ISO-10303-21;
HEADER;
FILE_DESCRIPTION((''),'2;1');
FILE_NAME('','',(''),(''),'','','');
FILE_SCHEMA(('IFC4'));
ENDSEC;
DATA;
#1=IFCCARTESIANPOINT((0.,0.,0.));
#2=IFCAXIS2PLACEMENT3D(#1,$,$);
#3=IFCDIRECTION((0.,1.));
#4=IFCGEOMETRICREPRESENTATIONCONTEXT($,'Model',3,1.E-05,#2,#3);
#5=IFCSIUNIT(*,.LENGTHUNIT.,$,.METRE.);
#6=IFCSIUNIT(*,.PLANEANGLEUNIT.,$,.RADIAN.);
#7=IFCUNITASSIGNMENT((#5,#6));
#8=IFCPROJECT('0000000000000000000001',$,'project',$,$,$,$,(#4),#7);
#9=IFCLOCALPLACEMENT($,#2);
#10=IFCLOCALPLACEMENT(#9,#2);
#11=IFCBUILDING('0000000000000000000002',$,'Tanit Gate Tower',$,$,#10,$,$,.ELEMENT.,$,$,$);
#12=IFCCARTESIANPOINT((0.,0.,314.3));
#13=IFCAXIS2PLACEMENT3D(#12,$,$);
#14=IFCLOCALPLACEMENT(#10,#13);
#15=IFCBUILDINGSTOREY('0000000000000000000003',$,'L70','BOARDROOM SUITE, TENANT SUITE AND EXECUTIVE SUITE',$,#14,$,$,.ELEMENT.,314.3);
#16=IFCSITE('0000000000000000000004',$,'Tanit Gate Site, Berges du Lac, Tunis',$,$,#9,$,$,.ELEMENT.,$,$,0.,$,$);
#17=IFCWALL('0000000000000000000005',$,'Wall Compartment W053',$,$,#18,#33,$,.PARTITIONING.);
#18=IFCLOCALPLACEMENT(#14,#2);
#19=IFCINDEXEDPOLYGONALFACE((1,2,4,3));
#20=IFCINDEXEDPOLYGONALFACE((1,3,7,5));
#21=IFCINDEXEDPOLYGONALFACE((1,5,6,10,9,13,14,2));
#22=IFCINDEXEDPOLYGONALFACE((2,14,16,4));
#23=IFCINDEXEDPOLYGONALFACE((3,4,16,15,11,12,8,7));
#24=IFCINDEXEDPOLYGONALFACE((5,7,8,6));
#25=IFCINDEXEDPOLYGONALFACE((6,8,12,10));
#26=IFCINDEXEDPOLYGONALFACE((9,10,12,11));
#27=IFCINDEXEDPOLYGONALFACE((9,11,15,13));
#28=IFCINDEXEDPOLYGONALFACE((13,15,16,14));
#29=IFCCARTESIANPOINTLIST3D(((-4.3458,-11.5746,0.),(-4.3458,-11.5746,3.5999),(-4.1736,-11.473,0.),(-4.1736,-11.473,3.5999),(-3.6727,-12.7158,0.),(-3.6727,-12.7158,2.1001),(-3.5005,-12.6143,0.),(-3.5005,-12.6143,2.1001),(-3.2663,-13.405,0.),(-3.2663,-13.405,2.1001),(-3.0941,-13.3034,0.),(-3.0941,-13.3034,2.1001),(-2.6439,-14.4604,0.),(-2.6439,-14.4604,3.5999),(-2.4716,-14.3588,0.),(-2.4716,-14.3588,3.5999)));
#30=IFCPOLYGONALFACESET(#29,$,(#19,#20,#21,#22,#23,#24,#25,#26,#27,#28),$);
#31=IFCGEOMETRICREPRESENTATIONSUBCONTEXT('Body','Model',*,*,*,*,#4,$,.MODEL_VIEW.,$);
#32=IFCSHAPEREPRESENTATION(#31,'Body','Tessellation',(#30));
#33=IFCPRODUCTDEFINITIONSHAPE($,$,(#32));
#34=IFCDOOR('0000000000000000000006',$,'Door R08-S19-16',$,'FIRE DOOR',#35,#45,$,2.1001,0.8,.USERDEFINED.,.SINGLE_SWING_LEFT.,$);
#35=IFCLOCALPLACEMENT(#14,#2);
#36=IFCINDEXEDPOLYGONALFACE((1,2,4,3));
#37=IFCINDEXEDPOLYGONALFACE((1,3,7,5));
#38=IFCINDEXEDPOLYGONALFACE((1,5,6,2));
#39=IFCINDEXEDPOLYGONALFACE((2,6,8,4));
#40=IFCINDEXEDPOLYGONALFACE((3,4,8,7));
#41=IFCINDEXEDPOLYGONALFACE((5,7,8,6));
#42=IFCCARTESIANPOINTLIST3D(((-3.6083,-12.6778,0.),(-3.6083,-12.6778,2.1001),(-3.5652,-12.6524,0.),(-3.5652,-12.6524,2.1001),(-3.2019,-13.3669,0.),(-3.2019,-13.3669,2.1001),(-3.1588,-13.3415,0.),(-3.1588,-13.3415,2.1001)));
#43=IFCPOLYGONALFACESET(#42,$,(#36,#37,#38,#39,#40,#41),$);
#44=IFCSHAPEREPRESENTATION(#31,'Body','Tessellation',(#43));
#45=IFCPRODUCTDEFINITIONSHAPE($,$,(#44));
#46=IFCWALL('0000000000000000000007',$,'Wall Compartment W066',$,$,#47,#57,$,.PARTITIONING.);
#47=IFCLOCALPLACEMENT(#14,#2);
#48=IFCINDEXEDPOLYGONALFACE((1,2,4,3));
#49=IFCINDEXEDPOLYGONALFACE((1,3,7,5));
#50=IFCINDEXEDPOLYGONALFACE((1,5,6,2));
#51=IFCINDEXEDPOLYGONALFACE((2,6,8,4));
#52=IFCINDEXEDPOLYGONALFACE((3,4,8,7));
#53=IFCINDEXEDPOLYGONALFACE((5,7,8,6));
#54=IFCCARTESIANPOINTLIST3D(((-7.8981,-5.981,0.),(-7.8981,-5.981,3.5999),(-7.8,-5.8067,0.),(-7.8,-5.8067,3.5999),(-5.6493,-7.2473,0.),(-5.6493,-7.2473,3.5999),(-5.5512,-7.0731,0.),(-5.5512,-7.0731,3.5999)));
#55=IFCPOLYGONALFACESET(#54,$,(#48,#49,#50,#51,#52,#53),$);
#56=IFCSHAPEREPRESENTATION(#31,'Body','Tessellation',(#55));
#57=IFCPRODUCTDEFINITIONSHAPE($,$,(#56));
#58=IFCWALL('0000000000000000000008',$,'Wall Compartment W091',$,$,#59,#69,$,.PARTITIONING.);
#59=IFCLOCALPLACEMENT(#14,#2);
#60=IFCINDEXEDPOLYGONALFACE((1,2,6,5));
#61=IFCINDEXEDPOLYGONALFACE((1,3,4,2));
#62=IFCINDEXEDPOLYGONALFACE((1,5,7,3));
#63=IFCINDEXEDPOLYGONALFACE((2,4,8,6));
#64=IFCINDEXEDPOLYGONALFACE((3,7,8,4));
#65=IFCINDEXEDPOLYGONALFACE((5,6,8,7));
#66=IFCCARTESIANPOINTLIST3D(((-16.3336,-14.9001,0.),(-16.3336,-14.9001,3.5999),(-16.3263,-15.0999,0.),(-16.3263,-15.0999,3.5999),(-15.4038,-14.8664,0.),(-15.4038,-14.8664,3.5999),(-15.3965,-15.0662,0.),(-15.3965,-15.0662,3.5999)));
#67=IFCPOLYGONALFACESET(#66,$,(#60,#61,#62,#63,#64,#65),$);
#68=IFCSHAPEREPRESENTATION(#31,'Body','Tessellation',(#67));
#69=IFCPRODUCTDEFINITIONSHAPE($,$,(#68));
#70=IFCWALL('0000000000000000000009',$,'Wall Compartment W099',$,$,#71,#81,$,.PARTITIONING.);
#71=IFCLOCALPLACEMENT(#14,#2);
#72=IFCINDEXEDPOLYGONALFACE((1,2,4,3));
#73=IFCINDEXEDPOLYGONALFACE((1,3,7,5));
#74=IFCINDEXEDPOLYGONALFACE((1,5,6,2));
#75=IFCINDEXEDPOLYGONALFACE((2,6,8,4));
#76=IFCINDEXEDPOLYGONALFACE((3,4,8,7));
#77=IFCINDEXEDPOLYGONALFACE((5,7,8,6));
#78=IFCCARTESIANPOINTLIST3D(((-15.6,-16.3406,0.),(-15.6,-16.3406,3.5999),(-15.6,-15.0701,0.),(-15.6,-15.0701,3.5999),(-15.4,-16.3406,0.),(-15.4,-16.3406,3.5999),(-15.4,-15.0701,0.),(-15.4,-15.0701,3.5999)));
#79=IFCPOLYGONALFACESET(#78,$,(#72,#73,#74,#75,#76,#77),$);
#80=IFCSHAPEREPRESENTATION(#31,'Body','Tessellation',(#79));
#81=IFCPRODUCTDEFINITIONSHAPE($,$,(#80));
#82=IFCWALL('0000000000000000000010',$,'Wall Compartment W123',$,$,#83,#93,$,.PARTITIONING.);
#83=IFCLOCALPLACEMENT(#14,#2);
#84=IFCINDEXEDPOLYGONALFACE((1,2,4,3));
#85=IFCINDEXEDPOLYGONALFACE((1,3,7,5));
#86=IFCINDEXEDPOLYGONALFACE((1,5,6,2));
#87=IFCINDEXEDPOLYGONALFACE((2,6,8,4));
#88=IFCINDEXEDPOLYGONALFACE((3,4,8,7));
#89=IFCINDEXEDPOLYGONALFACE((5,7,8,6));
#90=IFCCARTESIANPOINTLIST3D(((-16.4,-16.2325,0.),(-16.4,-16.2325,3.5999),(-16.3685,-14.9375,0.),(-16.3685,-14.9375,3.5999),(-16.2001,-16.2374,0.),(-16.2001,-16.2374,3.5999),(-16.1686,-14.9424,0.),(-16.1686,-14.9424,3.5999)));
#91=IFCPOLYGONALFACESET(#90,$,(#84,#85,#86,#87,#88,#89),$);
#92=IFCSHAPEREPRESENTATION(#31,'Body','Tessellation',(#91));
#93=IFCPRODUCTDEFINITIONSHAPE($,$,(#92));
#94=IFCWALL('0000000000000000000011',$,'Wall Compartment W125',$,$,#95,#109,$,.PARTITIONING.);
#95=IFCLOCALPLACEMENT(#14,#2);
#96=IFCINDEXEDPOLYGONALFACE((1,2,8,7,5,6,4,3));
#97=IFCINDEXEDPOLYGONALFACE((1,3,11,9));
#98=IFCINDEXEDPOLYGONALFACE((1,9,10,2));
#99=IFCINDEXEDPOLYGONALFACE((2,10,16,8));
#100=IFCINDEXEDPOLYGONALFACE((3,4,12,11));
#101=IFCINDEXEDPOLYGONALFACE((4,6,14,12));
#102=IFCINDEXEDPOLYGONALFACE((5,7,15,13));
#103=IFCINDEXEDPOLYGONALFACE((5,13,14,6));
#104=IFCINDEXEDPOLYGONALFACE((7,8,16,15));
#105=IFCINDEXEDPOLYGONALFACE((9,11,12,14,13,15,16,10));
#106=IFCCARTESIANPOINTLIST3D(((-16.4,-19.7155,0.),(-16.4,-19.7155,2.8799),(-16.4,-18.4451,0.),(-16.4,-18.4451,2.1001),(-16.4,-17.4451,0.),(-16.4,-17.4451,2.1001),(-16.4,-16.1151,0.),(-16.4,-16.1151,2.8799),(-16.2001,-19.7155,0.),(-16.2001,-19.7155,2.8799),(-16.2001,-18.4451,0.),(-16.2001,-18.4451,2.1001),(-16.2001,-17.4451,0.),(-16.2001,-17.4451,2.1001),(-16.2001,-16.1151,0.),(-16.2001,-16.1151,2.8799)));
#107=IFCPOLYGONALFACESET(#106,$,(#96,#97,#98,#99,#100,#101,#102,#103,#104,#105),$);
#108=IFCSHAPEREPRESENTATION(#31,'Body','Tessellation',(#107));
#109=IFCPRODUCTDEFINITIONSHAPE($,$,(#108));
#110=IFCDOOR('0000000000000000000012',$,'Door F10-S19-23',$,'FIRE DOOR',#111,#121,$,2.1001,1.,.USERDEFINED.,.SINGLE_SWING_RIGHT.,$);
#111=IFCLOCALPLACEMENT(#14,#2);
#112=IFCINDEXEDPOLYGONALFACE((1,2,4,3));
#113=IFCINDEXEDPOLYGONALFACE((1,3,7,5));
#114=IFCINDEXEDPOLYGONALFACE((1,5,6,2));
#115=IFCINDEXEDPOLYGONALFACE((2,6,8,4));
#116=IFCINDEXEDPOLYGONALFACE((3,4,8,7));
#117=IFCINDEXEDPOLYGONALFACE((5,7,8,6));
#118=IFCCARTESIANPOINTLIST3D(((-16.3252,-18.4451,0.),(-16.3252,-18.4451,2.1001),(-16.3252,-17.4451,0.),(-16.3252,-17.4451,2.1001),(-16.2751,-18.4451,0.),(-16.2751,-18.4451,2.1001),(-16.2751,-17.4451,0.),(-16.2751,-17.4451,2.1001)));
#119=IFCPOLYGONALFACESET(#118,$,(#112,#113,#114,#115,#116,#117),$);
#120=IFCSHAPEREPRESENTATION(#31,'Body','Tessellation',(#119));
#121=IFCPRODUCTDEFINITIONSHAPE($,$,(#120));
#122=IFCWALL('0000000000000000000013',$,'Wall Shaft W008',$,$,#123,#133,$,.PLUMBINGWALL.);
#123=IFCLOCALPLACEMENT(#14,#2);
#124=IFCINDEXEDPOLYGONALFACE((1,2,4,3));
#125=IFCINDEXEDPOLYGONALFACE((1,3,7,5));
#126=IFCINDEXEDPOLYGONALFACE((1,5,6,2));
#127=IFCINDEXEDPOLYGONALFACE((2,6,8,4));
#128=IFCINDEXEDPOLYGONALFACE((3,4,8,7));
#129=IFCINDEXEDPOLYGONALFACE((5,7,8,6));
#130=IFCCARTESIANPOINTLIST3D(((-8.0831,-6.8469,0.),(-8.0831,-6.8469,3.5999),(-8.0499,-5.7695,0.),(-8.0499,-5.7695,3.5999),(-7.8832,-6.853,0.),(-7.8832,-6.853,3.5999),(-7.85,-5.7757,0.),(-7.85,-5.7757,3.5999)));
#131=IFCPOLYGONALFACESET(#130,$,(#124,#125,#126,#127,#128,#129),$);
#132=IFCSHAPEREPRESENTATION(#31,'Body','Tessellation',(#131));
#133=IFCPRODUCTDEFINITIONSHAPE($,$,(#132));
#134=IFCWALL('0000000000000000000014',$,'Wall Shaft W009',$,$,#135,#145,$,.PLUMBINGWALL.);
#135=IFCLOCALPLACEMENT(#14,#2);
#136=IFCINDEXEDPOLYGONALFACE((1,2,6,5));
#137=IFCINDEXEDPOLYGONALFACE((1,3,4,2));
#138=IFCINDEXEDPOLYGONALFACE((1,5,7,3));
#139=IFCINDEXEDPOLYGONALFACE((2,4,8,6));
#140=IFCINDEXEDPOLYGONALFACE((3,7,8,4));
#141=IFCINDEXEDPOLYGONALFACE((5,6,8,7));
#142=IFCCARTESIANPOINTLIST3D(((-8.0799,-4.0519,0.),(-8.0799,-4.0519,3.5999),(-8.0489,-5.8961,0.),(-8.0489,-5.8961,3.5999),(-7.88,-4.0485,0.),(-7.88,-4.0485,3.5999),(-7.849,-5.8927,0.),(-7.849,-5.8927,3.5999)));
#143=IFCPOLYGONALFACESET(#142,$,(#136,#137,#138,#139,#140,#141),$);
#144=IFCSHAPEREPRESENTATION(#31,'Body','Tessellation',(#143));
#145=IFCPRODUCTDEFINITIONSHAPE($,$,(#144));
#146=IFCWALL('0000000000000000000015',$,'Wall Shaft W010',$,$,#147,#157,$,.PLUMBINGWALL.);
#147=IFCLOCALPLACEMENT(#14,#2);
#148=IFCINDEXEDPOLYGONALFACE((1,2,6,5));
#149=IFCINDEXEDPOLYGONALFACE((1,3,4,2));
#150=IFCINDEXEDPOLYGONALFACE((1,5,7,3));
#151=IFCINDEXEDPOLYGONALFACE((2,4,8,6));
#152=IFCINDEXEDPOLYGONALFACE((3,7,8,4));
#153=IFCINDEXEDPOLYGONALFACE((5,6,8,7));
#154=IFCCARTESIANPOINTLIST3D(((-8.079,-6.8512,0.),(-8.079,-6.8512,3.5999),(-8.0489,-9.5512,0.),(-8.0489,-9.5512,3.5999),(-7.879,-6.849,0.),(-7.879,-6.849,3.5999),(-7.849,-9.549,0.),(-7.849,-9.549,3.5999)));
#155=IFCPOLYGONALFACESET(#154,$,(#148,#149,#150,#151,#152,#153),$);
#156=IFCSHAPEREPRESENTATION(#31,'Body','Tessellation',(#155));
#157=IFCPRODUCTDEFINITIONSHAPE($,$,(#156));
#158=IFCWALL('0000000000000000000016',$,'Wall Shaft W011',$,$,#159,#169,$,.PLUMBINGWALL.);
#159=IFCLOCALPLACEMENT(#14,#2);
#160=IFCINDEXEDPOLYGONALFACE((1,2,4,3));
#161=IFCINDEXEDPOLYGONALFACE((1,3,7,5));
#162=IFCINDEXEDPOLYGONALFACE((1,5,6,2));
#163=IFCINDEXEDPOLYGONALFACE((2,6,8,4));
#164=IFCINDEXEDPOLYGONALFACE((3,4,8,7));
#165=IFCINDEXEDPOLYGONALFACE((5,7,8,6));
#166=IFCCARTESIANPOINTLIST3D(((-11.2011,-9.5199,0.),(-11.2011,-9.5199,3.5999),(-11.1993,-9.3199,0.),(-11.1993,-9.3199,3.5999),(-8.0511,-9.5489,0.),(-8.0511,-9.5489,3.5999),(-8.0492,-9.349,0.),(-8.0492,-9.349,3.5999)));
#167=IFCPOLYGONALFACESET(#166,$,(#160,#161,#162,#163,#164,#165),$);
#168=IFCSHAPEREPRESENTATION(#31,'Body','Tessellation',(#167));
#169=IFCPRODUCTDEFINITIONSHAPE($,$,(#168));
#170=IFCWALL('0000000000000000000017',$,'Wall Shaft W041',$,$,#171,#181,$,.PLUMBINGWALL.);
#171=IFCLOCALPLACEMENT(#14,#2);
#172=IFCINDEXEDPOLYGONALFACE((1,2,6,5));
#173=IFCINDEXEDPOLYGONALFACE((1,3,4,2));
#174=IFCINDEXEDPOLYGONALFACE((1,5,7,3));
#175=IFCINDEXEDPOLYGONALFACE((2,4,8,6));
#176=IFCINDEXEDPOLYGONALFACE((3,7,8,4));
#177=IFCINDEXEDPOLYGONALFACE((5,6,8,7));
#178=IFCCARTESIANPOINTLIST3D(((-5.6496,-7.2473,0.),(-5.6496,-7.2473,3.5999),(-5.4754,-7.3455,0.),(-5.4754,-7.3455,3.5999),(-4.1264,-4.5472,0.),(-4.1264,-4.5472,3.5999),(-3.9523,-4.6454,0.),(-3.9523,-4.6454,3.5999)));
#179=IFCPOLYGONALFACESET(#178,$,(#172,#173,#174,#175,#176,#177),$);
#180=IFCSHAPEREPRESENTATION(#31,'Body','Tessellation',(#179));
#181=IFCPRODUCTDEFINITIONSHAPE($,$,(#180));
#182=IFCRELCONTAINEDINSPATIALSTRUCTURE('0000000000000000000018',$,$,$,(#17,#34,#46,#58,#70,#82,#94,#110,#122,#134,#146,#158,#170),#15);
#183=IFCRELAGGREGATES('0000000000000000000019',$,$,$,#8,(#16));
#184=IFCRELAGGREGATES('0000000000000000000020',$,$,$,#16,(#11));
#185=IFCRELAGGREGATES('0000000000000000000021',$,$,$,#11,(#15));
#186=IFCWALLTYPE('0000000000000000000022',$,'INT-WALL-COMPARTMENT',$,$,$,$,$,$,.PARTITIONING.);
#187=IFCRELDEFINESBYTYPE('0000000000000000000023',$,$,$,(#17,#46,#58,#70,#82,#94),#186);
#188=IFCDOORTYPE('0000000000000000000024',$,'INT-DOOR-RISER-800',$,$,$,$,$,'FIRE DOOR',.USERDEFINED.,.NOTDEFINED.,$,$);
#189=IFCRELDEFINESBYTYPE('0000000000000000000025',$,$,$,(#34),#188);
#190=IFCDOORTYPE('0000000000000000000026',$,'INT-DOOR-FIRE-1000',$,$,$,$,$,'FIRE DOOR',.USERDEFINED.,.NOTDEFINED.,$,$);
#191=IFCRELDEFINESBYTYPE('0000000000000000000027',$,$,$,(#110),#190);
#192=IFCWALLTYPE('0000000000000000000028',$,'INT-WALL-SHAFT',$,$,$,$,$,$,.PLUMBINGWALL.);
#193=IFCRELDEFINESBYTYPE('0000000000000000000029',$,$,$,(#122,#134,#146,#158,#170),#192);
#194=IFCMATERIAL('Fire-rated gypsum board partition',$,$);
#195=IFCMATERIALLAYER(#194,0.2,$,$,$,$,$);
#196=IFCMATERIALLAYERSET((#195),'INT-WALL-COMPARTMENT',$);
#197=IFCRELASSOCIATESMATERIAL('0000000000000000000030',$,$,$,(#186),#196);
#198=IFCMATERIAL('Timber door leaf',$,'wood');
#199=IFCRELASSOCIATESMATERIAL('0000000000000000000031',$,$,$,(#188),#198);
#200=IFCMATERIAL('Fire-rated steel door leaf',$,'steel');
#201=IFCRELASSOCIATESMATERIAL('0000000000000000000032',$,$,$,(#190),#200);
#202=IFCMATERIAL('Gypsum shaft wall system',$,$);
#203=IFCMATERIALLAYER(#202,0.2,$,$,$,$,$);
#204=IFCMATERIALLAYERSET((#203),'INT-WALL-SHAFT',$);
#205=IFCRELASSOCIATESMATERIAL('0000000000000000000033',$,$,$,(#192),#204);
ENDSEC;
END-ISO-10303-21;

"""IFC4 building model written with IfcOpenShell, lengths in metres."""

from ifc_helpers import new_model, si_unit, direction, frame, frame_2d, origin, place, context, subcontext, project, spatial, rectangle, extrude, material, layer, layer_set, type_object, element, fill, save


model = new_model("IFC4")

# Units and contexts
model_context = context("Model", 3, precision=1e-05, world=origin(), true_north=direction((0.0, 1.0)))
body_context = subcontext(model_context, "Body", "Model", "MODEL_VIEW")
ifc_project = project(units=[si_unit("LENGTHUNIT", "METRE"), si_unit("PLANEANGLEUNIT", "RADIAN")], contexts=[model_context])

# Site, building, storey
site_placement = place(None, origin())
site = spatial("IfcSite", under=ifc_project, at=site_placement, Name="Tanit Gate Site, Berges du Lac, Tunis", CompositionType="ELEMENT", RefElevation=0.0)
building_placement = place(site_placement, origin())
building = spatial("IfcBuilding", under=site, at=building_placement, Name="Tanit Gate Tower", CompositionType="ELEMENT")
storey_placement = place(building_placement, frame((0.0, 0.0, 314.3)))
storey = spatial("IfcBuildingStorey", under=building, at=storey_placement, Name="L70", Description="BOARDROOM SUITE, TENANT SUITE AND EXECUTIVE SUITE", CompositionType="ELEMENT", Elevation=314.3)

# Wall, opening, door
ifc_material_1 = material(Name="Fire-rated gypsum board partition")
ifc_layer_1 = layer(ifc_material_1, 0.2)
ifc_layer_set_1 = layer_set([ifc_layer_1], Name="INT-WALL-COMPARTMENT")
wall_type_1 = type_object("IfcWallType", Name="INT-WALL-COMPARTMENT", PredefinedType="PARTITIONING", material=ifc_layer_set_1)
wall_1_placement = place(storey_placement, frame((-4.2598, -11.5237, 0.0), z_axis=(0.0, 0.0, 1.0), x_axis=(0.507997, -0.861359, 0.0)))
wall_1 = element("IfcWall", 1, at=wall_1_placement, inside=storey, type_object=wall_type_1, Name="Wall Compartment W053", PredefinedType="PARTITIONING", context=body_context, shape_type="SweptSolid", body=[
    extrude(rectangle(XDim=3.3503, YDim=0.2, at=frame_2d((1.6753, 0.0))), origin(), (0.0, 0.0, 1.0), 3.5999),
])
opening_1_placement = place(wall_1_placement, frame((1.3252, 0.0, 0.0)))
opening_1 = element("IfcOpeningElement", 2, at=opening_1_placement, cuts=wall_1, PredefinedType="OPENING", context=body_context, shape_type="SweptSolid", body=[
    extrude(rectangle(XDim=0.8, YDim=2.1001, at=frame_2d((0.3999, 1.05))), frame((0.0, 0.1099, 0.0), z_axis=(0.0, -1.0, 0.0), x_axis=(1.0, 0.0, 0.0)), (0.0, 0.0, 1.0), 0.22),
])
ifc_material_2 = material(Name="Timber door leaf", Category="wood")
door_type_1 = type_object("IfcDoorType", Name="INT-DOOR-RISER-800", ElementType="FIRE DOOR", OperationType="NOTDEFINED", PredefinedType="USERDEFINED", material=ifc_material_2)
door_1_placement = place(opening_1_placement, origin())
door_1 = element("IfcDoor", 3, at=door_1_placement, inside=storey, type_object=door_type_1, Name="Door R08-S19-16", ObjectType="FIRE DOOR", OperationType="SINGLE_SWING_LEFT", OverallHeight=2.1001, OverallWidth=0.8, PredefinedType="USERDEFINED", context=body_context, shape_type="SweptSolid", body=[
    extrude(rectangle(XDim=0.8, YDim=2.1001, at=frame_2d((0.3999, 1.05))), frame((0.0, 0.0249, 0.0), z_axis=(0.0, -1.0, 0.0), x_axis=(1.0, 0.0, 0.0)), (0.0, 0.0, 1.0), 0.05),
])
fill(opening_1, door_1)

# Walls
wall_2_placement = place(storey_placement, frame((-7.8491, -5.8938, 0.0), z_axis=(0.0, 0.0, 1.0), x_axis=(0.87134, -0.490679, 0.0)))
element("IfcWall", 4, at=wall_2_placement, inside=storey, type_object=wall_type_1, Name="Wall Compartment W066", PredefinedType="PARTITIONING", context=body_context, shape_type="SweptSolid", body=[
    extrude(rectangle(XDim=2.5808, YDim=0.2, at=frame_2d((1.2905, 0.0))), origin(), (0.0, 0.0, 1.0), 3.5999),
])
wall_3_placement = place(storey_placement, frame((-16.3301, -15.0, 0.0), z_axis=(0.0, 0.0, 1.0), x_axis=(0.999344, 0.036206, 0.0)))
element("IfcWall", 5, at=wall_3_placement, inside=storey, type_object=wall_type_1, Name="Wall Compartment W091", PredefinedType="PARTITIONING", context=body_context, shape_type="SweptSolid", body=[
    extrude(rectangle(XDim=0.9304, YDim=0.2, at=frame_2d((0.4653, 0.0))), origin(), (0.0, 0.0, 1.0), 3.5999),
])
wall_4_placement = place(storey_placement, frame((-15.5, -15.0701, 0.0), z_axis=(0.0, 0.0, 1.0), x_axis=(0.0, -1.0, 0.0)))
element("IfcWall", 6, at=wall_4_placement, inside=storey, type_object=wall_type_1, Name="Wall Compartment W099", PredefinedType="PARTITIONING", context=body_context, shape_type="SweptSolid", body=[
    extrude(rectangle(XDim=1.2705, YDim=0.2, at=frame_2d((0.6353, 0.0))), origin(), (0.0, 0.0, 1.0), 3.5999),
])
wall_5_placement = place(storey_placement, frame((-16.2686, -14.9399, 0.0), z_axis=(0.0, 0.0, 1.0), x_axis=(-0.024314, -0.999704, 0.0)))
element("IfcWall", 7, at=wall_5_placement, inside=storey, type_object=wall_type_1, Name="Wall Compartment W123", PredefinedType="PARTITIONING", context=body_context, shape_type="SweptSolid", body=[
    extrude(rectangle(XDim=1.2954, YDim=0.2, at=frame_2d((0.6477, 0.0))), origin(), (0.0, 0.0, 1.0), 3.5999),
])

# Wall, opening, door
wall_6_placement = place(storey_placement, frame((-16.3, -16.115, 0.0), z_axis=(0.0, 0.0, 1.0), x_axis=(0.0, -1.0, 0.0)))
wall_6 = element("IfcWall", 8, at=wall_6_placement, inside=storey, type_object=wall_type_1, Name="Wall Compartment W125", PredefinedType="PARTITIONING", context=body_context, shape_type="SweptSolid", body=[
    extrude(rectangle(XDim=3.6003, YDim=0.2, at=frame_2d((1.8003, 0.0))), origin(), (0.0, 0.0, 1.0), 2.8799),
])
opening_2_placement = place(wall_6_placement, frame((1.3301, 0.0, 0.0)))
opening_2 = element("IfcOpeningElement", 9, at=opening_2_placement, cuts=wall_6, PredefinedType="OPENING", context=body_context, shape_type="SweptSolid", body=[
    extrude(rectangle(XDim=1.0, YDim=2.1001, at=frame_2d((0.5, 1.05))), frame((0.0, 0.1099, 0.0), z_axis=(0.0, -1.0, 0.0), x_axis=(1.0, 0.0, 0.0)), (0.0, 0.0, 1.0), 0.22),
])
ifc_material_3 = material(Name="Fire-rated steel door leaf", Category="steel")
door_type_2 = type_object("IfcDoorType", Name="INT-DOOR-FIRE-1000", ElementType="FIRE DOOR", OperationType="NOTDEFINED", PredefinedType="USERDEFINED", material=ifc_material_3)
door_2_placement = place(opening_2_placement, origin())
door_2 = element("IfcDoor", 10, at=door_2_placement, inside=storey, type_object=door_type_2, Name="Door F10-S19-23", ObjectType="FIRE DOOR", OperationType="SINGLE_SWING_RIGHT", OverallHeight=2.1001, OverallWidth=1.0, PredefinedType="USERDEFINED", context=body_context, shape_type="SweptSolid", body=[
    extrude(rectangle(XDim=1.0, YDim=2.1001, at=frame_2d((0.5, 1.05))), frame((0.0, 0.0249, 0.0), z_axis=(0.0, -1.0, 0.0), x_axis=(1.0, 0.0, 0.0)), (0.0, 0.0, 1.0), 0.05),
])
fill(opening_2, door_2)

# Walls
ifc_material_4 = material(Name="Gypsum shaft wall system")
ifc_layer_2 = layer(ifc_material_4, 0.2)
ifc_layer_set_2 = layer_set([ifc_layer_2], Name="INT-WALL-SHAFT")
wall_type_2 = type_object("IfcWallType", Name="INT-WALL-SHAFT", PredefinedType="PLUMBINGWALL", material=ifc_layer_set_2)
wall_7_placement = place(storey_placement, frame((-7.95, -5.7725, 0.0), z_axis=(0.0, 0.0, 1.0), x_axis=(-0.030803, -0.999525, 0.0)))
element("IfcWall", 11, at=wall_7_placement, inside=storey, type_object=wall_type_2, Name="Wall Shaft W008", PredefinedType="PLUMBINGWALL", context=body_context, shape_type="SweptSolid", body=[
    extrude(rectangle(XDim=1.0779, YDim=0.2, at=frame_2d((0.5391, 0.0))), origin(), (0.0, 0.0, 1.0), 3.5999),
])
wall_8_placement = place(storey_placement, frame((-7.98, -4.05, 0.0), z_axis=(0.0, 0.0, 1.0), x_axis=(0.01681, -0.999859, 0.0)))
element("IfcWall", 12, at=wall_8_placement, inside=storey, type_object=wall_type_2, Name="Wall Shaft W009", PredefinedType="PLUMBINGWALL", context=body_context, shape_type="SweptSolid", body=[
    extrude(rectangle(XDim=1.8445, YDim=0.2, at=frame_2d((0.9224, 0.0))), origin(), (0.0, 0.0, 1.0), 3.5999),
])
wall_9_placement = place(storey_placement, frame((-7.979, -6.8501, 0.0), z_axis=(0.0, 0.0, 1.0), x_axis=(0.011121, -0.999938, 0.0)))
element("IfcWall", 13, at=wall_9_placement, inside=storey, type_object=wall_type_2, Name="Wall Shaft W010", PredefinedType="PLUMBINGWALL", context=body_context, shape_type="SweptSolid", body=[
    extrude(rectangle(XDim=2.7002, YDim=0.2, at=frame_2d((1.3501, 0.0))), origin(), (0.0, 0.0, 1.0), 3.5999),
])
wall_10_placement = place(storey_placement, frame((-8.05, -9.449, 0.0), z_axis=(0.0, 0.0, 1.0), x_axis=(-0.999957, 0.009223, 0.0)))
element("IfcWall", 14, at=wall_10_placement, inside=storey, type_object=wall_type_2, Name="Wall Shaft W011", PredefinedType="PLUMBINGWALL", context=body_context, shape_type="SweptSolid", body=[
    extrude(rectangle(XDim=3.1501, YDim=0.2, at=frame_2d((1.5752, 0.0))), origin(), (0.0, 0.0, 1.0), 3.5999),
])
wall_11_placement = place(storey_placement, frame((-5.5625, -7.2964, 0.0), z_axis=(0.0, 0.0, 1.0), x_axis=(0.491323, 0.870978, 0.0)))
element("IfcWall", 15, at=wall_11_placement, inside=storey, type_object=wall_type_2, Name="Wall Shaft W041", PredefinedType="PLUMBINGWALL", context=body_context, shape_type="SweptSolid", body=[
    extrude(rectangle(XDim=3.1001, YDim=0.2, at=frame_2d((1.55, 0.0))), origin(), (0.0, 0.0, 1.0), 3.5999),
])

save(model, "model.ifc")
